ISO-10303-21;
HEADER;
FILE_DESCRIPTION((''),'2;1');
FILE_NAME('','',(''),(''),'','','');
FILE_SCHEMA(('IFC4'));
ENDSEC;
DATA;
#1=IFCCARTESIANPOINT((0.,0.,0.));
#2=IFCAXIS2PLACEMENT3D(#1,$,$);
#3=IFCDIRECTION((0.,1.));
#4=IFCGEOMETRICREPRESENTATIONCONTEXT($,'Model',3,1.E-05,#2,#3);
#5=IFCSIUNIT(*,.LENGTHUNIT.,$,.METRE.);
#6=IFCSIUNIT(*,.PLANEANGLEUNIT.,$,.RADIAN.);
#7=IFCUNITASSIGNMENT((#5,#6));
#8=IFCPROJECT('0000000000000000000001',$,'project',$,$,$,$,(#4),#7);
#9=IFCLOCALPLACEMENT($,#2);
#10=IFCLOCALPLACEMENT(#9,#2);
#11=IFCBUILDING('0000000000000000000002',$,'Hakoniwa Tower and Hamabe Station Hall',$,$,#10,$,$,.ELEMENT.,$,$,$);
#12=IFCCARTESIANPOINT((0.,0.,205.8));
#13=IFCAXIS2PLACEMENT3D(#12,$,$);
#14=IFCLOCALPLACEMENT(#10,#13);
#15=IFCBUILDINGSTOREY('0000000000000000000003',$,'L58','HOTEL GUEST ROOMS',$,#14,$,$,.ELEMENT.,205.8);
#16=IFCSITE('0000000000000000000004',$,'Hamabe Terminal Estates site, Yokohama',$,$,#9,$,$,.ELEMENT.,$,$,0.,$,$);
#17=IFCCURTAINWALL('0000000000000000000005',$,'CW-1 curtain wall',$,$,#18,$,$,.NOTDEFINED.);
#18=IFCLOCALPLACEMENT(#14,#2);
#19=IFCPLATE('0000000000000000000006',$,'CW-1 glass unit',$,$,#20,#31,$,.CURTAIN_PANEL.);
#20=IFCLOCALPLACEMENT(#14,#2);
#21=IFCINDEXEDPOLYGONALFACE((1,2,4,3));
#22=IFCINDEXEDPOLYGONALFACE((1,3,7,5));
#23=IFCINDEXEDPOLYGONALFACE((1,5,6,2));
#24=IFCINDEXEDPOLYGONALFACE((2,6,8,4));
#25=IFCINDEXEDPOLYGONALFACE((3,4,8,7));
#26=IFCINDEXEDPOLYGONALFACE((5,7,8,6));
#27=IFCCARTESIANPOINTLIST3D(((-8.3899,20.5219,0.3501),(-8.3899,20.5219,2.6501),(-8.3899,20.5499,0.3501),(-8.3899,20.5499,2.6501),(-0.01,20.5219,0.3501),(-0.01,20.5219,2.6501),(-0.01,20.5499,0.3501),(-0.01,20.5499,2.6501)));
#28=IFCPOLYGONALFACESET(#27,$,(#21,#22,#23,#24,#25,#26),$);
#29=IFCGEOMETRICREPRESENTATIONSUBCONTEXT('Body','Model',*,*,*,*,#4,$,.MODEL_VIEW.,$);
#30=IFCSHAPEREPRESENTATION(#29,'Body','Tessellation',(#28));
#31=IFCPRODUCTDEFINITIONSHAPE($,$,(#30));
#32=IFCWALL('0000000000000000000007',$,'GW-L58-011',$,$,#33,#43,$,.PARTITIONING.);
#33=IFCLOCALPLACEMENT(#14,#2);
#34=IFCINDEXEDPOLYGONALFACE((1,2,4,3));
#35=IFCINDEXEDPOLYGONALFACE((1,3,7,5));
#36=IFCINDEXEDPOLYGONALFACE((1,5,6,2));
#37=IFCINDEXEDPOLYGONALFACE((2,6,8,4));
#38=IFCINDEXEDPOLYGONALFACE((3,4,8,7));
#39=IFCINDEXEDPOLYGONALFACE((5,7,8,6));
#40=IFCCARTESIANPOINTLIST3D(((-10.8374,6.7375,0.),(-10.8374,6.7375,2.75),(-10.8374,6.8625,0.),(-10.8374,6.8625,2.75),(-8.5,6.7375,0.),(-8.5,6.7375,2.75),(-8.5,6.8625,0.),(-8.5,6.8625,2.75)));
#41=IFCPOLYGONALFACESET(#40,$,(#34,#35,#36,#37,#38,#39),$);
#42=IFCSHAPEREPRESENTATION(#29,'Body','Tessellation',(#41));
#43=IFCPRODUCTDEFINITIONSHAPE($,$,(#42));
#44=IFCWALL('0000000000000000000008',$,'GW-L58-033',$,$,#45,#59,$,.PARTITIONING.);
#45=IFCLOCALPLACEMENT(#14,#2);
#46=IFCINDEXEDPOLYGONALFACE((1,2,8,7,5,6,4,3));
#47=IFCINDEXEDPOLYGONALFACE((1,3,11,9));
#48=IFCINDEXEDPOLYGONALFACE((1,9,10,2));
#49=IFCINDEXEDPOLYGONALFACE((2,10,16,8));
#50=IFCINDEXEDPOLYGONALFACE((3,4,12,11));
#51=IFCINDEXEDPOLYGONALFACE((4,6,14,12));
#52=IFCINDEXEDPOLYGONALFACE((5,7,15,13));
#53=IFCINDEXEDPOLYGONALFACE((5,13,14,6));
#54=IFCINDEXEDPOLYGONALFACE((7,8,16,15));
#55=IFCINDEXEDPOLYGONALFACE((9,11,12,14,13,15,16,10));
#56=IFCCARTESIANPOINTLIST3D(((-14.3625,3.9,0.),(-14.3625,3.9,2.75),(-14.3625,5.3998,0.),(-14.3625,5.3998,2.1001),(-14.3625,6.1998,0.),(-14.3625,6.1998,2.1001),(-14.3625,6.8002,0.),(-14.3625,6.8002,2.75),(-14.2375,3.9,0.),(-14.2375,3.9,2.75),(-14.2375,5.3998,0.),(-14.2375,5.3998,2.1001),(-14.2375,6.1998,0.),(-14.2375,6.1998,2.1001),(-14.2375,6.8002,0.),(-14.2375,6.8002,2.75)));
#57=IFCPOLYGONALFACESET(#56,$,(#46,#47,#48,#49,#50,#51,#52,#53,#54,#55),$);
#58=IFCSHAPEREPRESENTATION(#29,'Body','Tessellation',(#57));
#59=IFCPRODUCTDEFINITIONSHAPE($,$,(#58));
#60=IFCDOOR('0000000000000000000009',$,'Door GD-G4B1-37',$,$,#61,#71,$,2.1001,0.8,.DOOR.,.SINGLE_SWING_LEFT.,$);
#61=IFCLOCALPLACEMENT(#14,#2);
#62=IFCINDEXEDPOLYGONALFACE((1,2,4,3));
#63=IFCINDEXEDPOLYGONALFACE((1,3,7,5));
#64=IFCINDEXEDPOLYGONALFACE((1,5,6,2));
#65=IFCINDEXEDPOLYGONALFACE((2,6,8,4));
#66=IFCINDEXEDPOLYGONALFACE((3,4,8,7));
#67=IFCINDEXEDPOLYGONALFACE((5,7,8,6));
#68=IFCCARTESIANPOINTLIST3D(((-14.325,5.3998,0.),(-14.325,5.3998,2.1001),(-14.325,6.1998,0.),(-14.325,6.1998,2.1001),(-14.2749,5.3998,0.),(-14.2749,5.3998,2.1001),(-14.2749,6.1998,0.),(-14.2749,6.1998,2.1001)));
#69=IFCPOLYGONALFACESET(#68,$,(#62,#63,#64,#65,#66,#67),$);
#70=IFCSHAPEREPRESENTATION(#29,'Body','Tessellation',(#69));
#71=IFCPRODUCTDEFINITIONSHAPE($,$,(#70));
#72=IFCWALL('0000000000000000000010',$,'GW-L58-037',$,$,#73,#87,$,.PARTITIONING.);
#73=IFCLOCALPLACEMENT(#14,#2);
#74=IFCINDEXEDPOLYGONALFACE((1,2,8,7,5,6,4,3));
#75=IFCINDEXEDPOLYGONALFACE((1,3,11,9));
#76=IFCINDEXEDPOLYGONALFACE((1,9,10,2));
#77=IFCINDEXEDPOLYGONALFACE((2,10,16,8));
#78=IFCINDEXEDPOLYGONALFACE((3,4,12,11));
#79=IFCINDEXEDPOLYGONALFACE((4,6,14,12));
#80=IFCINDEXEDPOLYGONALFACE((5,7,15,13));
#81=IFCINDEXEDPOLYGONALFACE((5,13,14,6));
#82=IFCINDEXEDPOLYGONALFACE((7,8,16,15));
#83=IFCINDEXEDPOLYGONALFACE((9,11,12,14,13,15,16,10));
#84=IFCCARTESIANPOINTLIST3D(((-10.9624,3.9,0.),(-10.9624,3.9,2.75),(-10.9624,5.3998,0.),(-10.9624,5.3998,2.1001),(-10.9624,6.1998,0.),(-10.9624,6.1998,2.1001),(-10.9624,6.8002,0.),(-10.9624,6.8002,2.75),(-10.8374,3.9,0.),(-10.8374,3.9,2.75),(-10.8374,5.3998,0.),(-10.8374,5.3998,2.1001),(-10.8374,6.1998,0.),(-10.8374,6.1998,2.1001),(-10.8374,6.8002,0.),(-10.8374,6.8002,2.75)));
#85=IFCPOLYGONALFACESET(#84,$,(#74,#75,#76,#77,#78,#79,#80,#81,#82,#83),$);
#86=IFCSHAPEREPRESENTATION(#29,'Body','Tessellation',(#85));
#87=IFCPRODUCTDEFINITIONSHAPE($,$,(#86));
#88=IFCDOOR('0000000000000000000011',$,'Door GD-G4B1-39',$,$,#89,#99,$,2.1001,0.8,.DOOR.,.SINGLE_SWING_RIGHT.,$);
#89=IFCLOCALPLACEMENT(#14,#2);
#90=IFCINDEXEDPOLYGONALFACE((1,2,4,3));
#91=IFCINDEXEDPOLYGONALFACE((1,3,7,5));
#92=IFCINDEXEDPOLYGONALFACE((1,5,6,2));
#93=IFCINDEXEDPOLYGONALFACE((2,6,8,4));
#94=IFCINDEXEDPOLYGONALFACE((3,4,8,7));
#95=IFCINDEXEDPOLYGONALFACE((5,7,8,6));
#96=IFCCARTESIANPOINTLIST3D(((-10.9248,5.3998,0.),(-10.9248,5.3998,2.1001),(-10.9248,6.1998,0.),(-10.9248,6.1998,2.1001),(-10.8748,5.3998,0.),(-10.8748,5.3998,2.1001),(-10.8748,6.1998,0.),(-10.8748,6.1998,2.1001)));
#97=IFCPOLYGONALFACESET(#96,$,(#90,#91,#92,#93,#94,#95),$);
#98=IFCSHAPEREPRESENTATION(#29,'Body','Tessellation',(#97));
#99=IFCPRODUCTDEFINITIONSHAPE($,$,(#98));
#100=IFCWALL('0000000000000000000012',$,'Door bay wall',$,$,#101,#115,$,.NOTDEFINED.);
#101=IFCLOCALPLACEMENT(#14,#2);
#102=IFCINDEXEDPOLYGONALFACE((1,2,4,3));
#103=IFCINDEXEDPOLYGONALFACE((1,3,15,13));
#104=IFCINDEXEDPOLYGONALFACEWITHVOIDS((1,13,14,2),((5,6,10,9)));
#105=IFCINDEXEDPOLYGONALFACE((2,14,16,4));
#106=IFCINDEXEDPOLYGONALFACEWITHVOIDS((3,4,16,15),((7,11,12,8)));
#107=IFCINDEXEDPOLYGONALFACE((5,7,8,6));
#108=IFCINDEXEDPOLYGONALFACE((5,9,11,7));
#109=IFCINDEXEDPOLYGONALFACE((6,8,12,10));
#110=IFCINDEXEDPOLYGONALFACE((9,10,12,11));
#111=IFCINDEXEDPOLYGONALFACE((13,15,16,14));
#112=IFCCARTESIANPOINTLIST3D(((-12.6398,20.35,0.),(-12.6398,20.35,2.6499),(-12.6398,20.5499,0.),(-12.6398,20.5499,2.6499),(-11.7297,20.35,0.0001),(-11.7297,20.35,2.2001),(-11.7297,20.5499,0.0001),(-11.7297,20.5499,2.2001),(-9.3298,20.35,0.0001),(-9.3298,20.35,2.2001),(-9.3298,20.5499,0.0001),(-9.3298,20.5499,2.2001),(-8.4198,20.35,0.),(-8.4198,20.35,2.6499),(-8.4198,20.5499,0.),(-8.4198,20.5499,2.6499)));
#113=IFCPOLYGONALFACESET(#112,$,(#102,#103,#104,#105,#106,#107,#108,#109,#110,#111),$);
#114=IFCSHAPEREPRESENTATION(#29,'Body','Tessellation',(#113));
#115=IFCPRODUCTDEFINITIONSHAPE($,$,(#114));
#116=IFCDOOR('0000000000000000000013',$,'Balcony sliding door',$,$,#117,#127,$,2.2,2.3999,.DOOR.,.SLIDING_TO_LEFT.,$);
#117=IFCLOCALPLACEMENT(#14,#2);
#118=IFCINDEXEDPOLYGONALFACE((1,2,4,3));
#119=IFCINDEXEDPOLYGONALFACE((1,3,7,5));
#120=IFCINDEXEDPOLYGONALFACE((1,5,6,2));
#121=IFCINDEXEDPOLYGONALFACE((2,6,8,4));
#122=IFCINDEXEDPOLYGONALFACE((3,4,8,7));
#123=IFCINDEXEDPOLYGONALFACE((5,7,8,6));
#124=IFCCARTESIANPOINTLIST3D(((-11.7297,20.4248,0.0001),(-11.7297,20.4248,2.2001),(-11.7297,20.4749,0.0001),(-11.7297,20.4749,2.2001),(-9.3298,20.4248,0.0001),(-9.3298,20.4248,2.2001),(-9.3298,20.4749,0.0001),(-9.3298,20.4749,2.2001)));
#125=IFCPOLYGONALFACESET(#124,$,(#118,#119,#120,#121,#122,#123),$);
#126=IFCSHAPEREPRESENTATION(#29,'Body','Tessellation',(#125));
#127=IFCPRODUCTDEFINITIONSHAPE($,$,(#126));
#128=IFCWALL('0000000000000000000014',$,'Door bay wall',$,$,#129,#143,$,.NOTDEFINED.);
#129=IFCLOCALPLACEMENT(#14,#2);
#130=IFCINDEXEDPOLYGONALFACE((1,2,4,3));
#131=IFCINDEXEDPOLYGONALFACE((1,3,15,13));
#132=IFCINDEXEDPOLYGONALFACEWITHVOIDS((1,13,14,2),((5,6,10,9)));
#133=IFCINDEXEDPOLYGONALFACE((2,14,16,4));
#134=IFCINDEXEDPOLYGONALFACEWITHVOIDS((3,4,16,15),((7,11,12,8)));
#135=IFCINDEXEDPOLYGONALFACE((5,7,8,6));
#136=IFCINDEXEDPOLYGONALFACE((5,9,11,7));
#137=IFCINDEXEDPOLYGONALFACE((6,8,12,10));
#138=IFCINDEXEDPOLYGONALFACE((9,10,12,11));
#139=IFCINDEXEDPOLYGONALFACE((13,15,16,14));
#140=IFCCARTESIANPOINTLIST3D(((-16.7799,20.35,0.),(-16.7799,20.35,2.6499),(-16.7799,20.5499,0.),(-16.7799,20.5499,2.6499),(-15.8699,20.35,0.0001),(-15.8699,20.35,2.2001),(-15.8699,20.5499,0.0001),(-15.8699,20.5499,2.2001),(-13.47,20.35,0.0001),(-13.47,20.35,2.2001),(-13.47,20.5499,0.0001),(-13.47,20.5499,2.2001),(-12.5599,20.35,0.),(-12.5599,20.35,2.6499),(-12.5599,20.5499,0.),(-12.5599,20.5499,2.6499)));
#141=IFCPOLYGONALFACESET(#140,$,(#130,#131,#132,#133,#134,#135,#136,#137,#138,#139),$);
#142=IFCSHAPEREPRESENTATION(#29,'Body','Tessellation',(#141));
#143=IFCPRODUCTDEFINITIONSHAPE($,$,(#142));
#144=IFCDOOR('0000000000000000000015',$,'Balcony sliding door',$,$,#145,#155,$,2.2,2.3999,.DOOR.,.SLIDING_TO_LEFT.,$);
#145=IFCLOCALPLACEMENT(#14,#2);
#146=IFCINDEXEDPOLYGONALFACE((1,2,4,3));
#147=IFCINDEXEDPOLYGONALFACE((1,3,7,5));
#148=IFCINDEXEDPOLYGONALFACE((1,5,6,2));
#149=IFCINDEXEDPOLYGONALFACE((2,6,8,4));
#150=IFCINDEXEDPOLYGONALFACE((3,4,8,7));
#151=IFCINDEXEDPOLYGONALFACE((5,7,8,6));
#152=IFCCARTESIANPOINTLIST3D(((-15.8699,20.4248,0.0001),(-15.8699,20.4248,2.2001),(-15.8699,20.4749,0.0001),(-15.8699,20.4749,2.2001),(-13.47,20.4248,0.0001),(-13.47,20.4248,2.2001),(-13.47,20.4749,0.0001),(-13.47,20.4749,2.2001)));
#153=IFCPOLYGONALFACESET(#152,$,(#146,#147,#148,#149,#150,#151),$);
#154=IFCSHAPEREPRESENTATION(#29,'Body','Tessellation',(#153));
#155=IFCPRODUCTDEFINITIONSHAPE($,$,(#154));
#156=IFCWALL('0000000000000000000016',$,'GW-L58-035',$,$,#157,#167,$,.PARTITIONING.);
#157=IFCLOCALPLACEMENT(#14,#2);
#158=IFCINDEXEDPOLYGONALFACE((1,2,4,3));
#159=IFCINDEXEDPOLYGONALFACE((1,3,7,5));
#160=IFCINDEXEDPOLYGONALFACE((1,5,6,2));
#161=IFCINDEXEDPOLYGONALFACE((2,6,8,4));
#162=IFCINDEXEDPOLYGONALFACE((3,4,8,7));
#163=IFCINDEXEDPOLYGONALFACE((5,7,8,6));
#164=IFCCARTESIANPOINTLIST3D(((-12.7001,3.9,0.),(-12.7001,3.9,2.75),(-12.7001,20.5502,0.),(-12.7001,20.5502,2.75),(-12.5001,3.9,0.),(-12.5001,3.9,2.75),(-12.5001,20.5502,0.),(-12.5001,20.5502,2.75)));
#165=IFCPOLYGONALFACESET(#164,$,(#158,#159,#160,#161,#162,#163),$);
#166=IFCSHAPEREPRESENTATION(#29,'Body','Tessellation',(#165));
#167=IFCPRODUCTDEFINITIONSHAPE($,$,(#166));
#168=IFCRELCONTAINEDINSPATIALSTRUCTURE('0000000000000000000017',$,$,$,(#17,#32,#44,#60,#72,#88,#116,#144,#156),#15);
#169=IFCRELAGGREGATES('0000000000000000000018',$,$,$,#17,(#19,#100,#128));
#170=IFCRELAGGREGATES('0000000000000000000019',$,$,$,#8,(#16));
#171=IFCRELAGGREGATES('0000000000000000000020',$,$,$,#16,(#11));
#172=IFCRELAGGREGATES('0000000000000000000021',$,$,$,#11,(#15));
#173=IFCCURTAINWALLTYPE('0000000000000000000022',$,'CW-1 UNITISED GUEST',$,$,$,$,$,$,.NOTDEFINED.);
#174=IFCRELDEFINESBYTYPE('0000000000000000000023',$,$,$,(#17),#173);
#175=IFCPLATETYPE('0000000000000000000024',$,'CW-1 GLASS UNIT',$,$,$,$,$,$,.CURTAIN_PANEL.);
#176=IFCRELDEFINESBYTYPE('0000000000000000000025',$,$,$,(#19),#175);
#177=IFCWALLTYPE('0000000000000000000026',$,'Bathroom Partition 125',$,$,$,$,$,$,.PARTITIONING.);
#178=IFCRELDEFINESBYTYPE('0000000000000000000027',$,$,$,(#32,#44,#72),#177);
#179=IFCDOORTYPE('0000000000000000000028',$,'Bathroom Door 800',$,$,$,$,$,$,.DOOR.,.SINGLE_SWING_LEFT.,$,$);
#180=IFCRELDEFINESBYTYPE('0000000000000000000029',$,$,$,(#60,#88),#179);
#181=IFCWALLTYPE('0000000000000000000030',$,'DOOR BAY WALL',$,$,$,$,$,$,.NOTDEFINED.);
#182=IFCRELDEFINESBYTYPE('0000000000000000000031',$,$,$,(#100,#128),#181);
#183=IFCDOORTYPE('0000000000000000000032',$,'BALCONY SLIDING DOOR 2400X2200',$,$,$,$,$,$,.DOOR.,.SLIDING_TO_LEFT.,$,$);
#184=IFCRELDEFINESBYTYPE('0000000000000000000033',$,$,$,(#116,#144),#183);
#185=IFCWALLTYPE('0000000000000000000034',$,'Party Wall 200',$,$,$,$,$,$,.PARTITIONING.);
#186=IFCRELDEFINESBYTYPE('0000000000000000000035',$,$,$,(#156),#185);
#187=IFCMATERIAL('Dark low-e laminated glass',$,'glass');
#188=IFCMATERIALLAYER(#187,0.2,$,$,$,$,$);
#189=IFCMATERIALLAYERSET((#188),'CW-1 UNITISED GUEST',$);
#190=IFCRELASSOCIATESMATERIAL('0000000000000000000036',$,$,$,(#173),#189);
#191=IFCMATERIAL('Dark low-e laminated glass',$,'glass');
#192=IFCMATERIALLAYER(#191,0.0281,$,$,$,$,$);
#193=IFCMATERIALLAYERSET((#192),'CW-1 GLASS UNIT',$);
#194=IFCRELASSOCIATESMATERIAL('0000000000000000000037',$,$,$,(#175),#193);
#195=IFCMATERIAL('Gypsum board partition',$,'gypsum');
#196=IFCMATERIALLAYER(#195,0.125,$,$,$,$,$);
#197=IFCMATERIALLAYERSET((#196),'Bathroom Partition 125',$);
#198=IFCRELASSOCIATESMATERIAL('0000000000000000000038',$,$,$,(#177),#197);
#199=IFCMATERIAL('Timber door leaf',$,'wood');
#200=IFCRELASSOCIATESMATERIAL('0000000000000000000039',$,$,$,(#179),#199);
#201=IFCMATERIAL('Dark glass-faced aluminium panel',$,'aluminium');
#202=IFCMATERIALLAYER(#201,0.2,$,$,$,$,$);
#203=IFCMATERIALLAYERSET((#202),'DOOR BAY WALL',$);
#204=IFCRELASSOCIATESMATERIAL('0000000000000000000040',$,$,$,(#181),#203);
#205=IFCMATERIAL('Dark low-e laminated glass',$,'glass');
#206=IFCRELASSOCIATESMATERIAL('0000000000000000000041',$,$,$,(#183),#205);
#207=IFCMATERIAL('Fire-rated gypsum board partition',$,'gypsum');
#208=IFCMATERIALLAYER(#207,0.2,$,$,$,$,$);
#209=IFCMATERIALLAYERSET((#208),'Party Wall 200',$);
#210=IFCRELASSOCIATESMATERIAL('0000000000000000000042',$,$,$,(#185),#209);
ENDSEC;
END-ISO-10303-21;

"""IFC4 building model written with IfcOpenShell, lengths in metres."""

from ifc_helpers import new_model, si_unit, direction, frame, frame_2d, origin, origin_2d, place, context, subcontext, project, spatial, rectangle, extrude, material, layer, layer_set, type_object, element, fill, aggregate, save


model = new_model("IFC4")

# Units and contexts
model_context = context("Model", 3, precision=1e-05, world=origin(), true_north=direction((0.0, 1.0)))
body_context = subcontext(model_context, "Body", "Model", "MODEL_VIEW")
ifc_project = project(units=[si_unit("LENGTHUNIT", "METRE"), si_unit("PLANEANGLEUNIT", "RADIAN")], contexts=[model_context])

# Site, building, storey
site_placement = place(None, origin())
site = spatial("IfcSite", under=ifc_project, at=site_placement, Name="Hamabe Terminal Estates site, Yokohama", CompositionType="ELEMENT", RefElevation=0.0)
building_placement = place(site_placement, origin())
building = spatial("IfcBuilding", under=site, at=building_placement, Name="Hakoniwa Tower and Hamabe Station Hall", CompositionType="ELEMENT")
storey_placement = place(building_placement, frame((0.0, 0.0, 205.8)))
storey = spatial("IfcBuildingStorey", under=building, at=storey_placement, Name="L58", Description="HOTEL GUEST ROOMS", CompositionType="ELEMENT", Elevation=205.8)

# Curtain wall, plate
ifc_material_1 = material(Name="Dark low-e laminated glass", Category="glass")
ifc_layer_1 = layer(ifc_material_1, 0.2)
ifc_layer_set_1 = layer_set([ifc_layer_1], Name="CW-1 UNITISED GUEST")
curtain_wall_type = type_object("IfcCurtainWallType", Name="CW-1 UNITISED GUEST", PredefinedType="NOTDEFINED", material=ifc_layer_set_1)
curtain_wall_placement = place(storey_placement, origin())
curtain_wall = element("IfcCurtainWall", 1, at=curtain_wall_placement, inside=storey, type_object=curtain_wall_type, Name="CW-1 curtain wall", PredefinedType="NOTDEFINED")
ifc_material_2 = material(Name="Dark low-e laminated glass", Category="glass")
ifc_layer_2 = layer(ifc_material_2, 0.0281)
ifc_layer_set_2 = layer_set([ifc_layer_2], Name="CW-1 GLASS UNIT")
plate_type = type_object("IfcPlateType", Name="CW-1 GLASS UNIT", PredefinedType="CURTAIN_PANEL", material=ifc_layer_set_2)
plate_placement = place(storey_placement, frame((-4.2, 20.5359, 0.3501), z_axis=(0.0, 0.0, 1.0), x_axis=(-1.0, 0.0, 0.0)))
plate = element("IfcPlate", 2, at=plate_placement, type_object=plate_type, Name="CW-1 glass unit", PredefinedType="CURTAIN_PANEL", context=body_context, shape_type="SweptSolid", body=[
    extrude(rectangle(XDim=8.3799, YDim=0.0281, at=origin_2d()), origin(), (0.0, 0.0, 1.0), 2.3),
])

# Wall
ifc_material_3 = material(Name="Gypsum board partition", Category="gypsum")
ifc_layer_3 = layer(ifc_material_3, 0.125)
ifc_layer_set_3 = layer_set([ifc_layer_3], Name="Bathroom Partition 125")
wall_type_1 = type_object("IfcWallType", Name="Bathroom Partition 125", PredefinedType="PARTITIONING", material=ifc_layer_set_3)
wall_1_placement = place(storey_placement, frame((-10.8374, 6.8, 0.0), z_axis=(0.0, 0.0, 1.0), x_axis=(1.0, 0.0, 0.0)))
element("IfcWall", 3, at=wall_1_placement, inside=storey, type_object=wall_type_1, Name="GW-L58-011", PredefinedType="PARTITIONING", context=body_context, shape_type="SweptSolid", body=[
    extrude(rectangle(XDim=2.3374, YDim=0.125, at=frame_2d((1.1687, 0.0))), origin(), (0.0, 0.0, 1.0), 2.75),
])

# Walls, openings, doors
wall_2_placement = place(storey_placement, frame((-14.3, 3.8999, 0.0), z_axis=(0.0, 0.0, 1.0), x_axis=(0.0, 1.0, 0.0)))
wall_2 = element("IfcWall", 4, at=wall_2_placement, inside=storey, type_object=wall_type_1, Name="GW-L58-033", PredefinedType="PARTITIONING", context=body_context, shape_type="SweptSolid", body=[
    extrude(rectangle(XDim=2.9001, YDim=0.125, at=frame_2d((1.4502, 0.0))), origin(), (0.0, 0.0, 1.0), 2.75),
])
opening_1_placement = place(wall_2_placement, frame((1.5, 0.0, 0.0)))
opening_1 = element("IfcOpeningElement", 5, at=opening_1_placement, cuts=wall_2, PredefinedType="OPENING", context=body_context, shape_type="SweptSolid", body=[
    extrude(rectangle(XDim=0.8, YDim=2.1001, at=frame_2d((0.3999, 1.05))), frame((0.0, 0.0725, 0.0), z_axis=(0.0, -1.0, 0.0), x_axis=(1.0, 0.0, 0.0)), (0.0, 0.0, 1.0), 0.145),
])
ifc_material_4 = material(Name="Timber door leaf", Category="wood")
door_type_1 = type_object("IfcDoorType", Name="Bathroom Door 800", OperationType="SINGLE_SWING_LEFT", PredefinedType="DOOR", material=ifc_material_4)
door_1_placement = place(opening_1_placement, origin())
door_1 = element("IfcDoor", 6, at=door_1_placement, inside=storey, type_object=door_type_1, Name="Door GD-G4B1-37", OperationType="SINGLE_SWING_LEFT", OverallHeight=2.1001, OverallWidth=0.8, PredefinedType="DOOR", context=body_context, shape_type="SweptSolid", body=[
    extrude(rectangle(XDim=0.8, YDim=2.1001, at=frame_2d((0.3999, 1.05))), frame((0.0, 0.0249, 0.0), z_axis=(0.0, -1.0, 0.0), x_axis=(1.0, 0.0, 0.0)), (0.0, 0.0, 1.0), 0.05),
])
fill(opening_1, door_1)
wall_3_placement = place(storey_placement, frame((-10.8999, 3.8999, 0.0), z_axis=(0.0, 0.0, 1.0), x_axis=(0.0, 1.0, 0.0)))
wall_3 = element("IfcWall", 7, at=wall_3_placement, inside=storey, type_object=wall_type_1, Name="GW-L58-037", PredefinedType="PARTITIONING", context=body_context, shape_type="SweptSolid", body=[
    extrude(rectangle(XDim=2.9001, YDim=0.125, at=frame_2d((1.4502, 0.0))), origin(), (0.0, 0.0, 1.0), 2.75),
])
opening_2_placement = place(wall_3_placement, frame((1.5, 0.0, 0.0)))
opening_2 = element("IfcOpeningElement", 8, at=opening_2_placement, cuts=wall_3, PredefinedType="OPENING", context=body_context, shape_type="SweptSolid", body=[
    extrude(rectangle(XDim=0.8, YDim=2.1001, at=frame_2d((0.3999, 1.05))), frame((0.0, 0.0725, 0.0), z_axis=(0.0, -1.0, 0.0), x_axis=(1.0, 0.0, 0.0)), (0.0, 0.0, 1.0), 0.145),
])
door_2_placement = place(opening_2_placement, origin())
door_2 = element("IfcDoor", 9, at=door_2_placement, inside=storey, type_object=door_type_1, Name="Door GD-G4B1-39", OperationType="SINGLE_SWING_RIGHT", OverallHeight=2.1001, OverallWidth=0.8, PredefinedType="DOOR", context=body_context, shape_type="SweptSolid", body=[
    extrude(rectangle(XDim=0.8, YDim=2.1001, at=frame_2d((0.3999, 1.05))), frame((0.0, 0.0249, 0.0), z_axis=(0.0, -1.0, 0.0), x_axis=(1.0, 0.0, 0.0)), (0.0, 0.0, 1.0), 0.05),
])
fill(opening_2, door_2)
ifc_material_5 = material(Name="Dark glass-faced aluminium panel", Category="aluminium")
ifc_layer_4 = layer(ifc_material_5, 0.2)
ifc_layer_set_4 = layer_set([ifc_layer_4], Name="DOOR BAY WALL")
wall_type_2 = type_object("IfcWallType", Name="DOOR BAY WALL", PredefinedType="NOTDEFINED", material=ifc_layer_set_4)
wall_4_placement = place(storey_placement, frame((-8.4199, 20.45, 0.0), z_axis=(0.0, 0.0, 1.0), x_axis=(-1.0, 0.0, 0.0)))
wall_4 = element("IfcWall", 10, at=wall_4_placement, type_object=wall_type_2, Name="Door bay wall", PredefinedType="NOTDEFINED", context=body_context, shape_type="SweptSolid", body=[
    extrude(rectangle(XDim=4.22, YDim=0.2, at=frame_2d((2.1099, 0.0))), origin(), (0.0, 0.0, 1.0), 2.6499),
])
opening_3_placement = place(wall_4_placement, frame((0.9099, 0.0, 0.0)))
opening_3 = element("IfcOpeningElement", 11, at=opening_3_placement, cuts=wall_4, PredefinedType="OPENING", context=body_context, shape_type="SweptSolid", body=[
    extrude(rectangle(XDim=2.3999, YDim=2.2, at=frame_2d((1.2, 1.1001))), frame((0.0, 0.1099, 0.0), z_axis=(0.0, -1.0, 0.0), x_axis=(1.0, 0.0, 0.0)), (0.0, 0.0, 1.0), 0.22),
])
ifc_material_6 = material(Name="Dark low-e laminated glass", Category="glass")
door_type_2 = type_object("IfcDoorType", Name="BALCONY SLIDING DOOR 2400X2200", OperationType="SLIDING_TO_LEFT", PredefinedType="DOOR", material=ifc_material_6)
door_3_placement = place(opening_3_placement, frame((2.3999, 0.0, 0.0), z_axis=(0.0, 0.0, 1.0), x_axis=(-1.0, 0.0, 0.0)))
door_3 = element("IfcDoor", 12, at=door_3_placement, inside=storey, type_object=door_type_2, Name="Balcony sliding door", OperationType="SLIDING_TO_LEFT", OverallHeight=2.2, OverallWidth=2.3999, PredefinedType="DOOR", context=body_context, shape_type="SweptSolid", body=[
    extrude(rectangle(XDim=2.3999, YDim=2.2, at=frame_2d((1.2, 1.1001))), frame((0.0, 0.0249, 0.0), z_axis=(0.0, -1.0, 0.0), x_axis=(1.0, 0.0, 0.0)), (0.0, 0.0, 1.0), 0.05),
])
fill(opening_3, door_3)
wall_5_placement = place(storey_placement, frame((-12.5601, 20.45, 0.0), z_axis=(0.0, 0.0, 1.0), x_axis=(-1.0, 0.0, 0.0)))
wall_5 = element("IfcWall", 13, at=wall_5_placement, type_object=wall_type_2, Name="Door bay wall", PredefinedType="NOTDEFINED", context=body_context, shape_type="SweptSolid", body=[
    extrude(rectangle(XDim=4.22, YDim=0.2, at=frame_2d((2.1099, 0.0))), origin(), (0.0, 0.0, 1.0), 2.6499),
])
opening_4_placement = place(wall_5_placement, frame((0.9099, 0.0, 0.0)))
opening_4 = element("IfcOpeningElement", 14, at=opening_4_placement, cuts=wall_5, PredefinedType="OPENING", context=body_context, shape_type="SweptSolid", body=[
    extrude(rectangle(XDim=2.3999, YDim=2.2, at=frame_2d((1.2, 1.1001))), frame((0.0, 0.1099, 0.0), z_axis=(0.0, -1.0, 0.0), x_axis=(1.0, 0.0, 0.0)), (0.0, 0.0, 1.0), 0.22),
])
door_4_placement = place(opening_4_placement, frame((2.3999, 0.0, 0.0), z_axis=(0.0, 0.0, 1.0), x_axis=(-1.0, 0.0, 0.0)))
door_4 = element("IfcDoor", 15, at=door_4_placement, inside=storey, type_object=door_type_2, Name="Balcony sliding door", OperationType="SLIDING_TO_LEFT", OverallHeight=2.2, OverallWidth=2.3999, PredefinedType="DOOR", context=body_context, shape_type="SweptSolid", body=[
    extrude(rectangle(XDim=2.3999, YDim=2.2, at=frame_2d((1.2, 1.1001))), frame((0.0, 0.0249, 0.0), z_axis=(0.0, -1.0, 0.0), x_axis=(1.0, 0.0, 0.0)), (0.0, 0.0, 1.0), 0.05),
])
fill(opening_4, door_4)
aggregate(curtain_wall, [plate, wall_4, wall_5])

# Wall
ifc_material_7 = material(Name="Fire-rated gypsum board partition", Category="gypsum")
ifc_layer_5 = layer(ifc_material_7, 0.2)
ifc_layer_set_5 = layer_set([ifc_layer_5], Name="Party Wall 200")
wall_type_3 = type_object("IfcWallType", Name="Party Wall 200", PredefinedType="PARTITIONING", material=ifc_layer_set_5)
wall_6_placement = place(storey_placement, frame((-12.6001, 3.8999, 0.0), z_axis=(0.0, 0.0, 1.0), x_axis=(0.0, 1.0, 0.0)))
element("IfcWall", 16, at=wall_6_placement, inside=storey, type_object=wall_type_3, Name="GW-L58-035", PredefinedType="PARTITIONING", context=body_context, shape_type="SweptSolid", body=[
    extrude(rectangle(XDim=16.6501, YDim=0.2, at=frame_2d((8.3252, 0.0))), origin(), (0.0, 0.0, 1.0), 2.75),
])

save(model, "model.ifc")
